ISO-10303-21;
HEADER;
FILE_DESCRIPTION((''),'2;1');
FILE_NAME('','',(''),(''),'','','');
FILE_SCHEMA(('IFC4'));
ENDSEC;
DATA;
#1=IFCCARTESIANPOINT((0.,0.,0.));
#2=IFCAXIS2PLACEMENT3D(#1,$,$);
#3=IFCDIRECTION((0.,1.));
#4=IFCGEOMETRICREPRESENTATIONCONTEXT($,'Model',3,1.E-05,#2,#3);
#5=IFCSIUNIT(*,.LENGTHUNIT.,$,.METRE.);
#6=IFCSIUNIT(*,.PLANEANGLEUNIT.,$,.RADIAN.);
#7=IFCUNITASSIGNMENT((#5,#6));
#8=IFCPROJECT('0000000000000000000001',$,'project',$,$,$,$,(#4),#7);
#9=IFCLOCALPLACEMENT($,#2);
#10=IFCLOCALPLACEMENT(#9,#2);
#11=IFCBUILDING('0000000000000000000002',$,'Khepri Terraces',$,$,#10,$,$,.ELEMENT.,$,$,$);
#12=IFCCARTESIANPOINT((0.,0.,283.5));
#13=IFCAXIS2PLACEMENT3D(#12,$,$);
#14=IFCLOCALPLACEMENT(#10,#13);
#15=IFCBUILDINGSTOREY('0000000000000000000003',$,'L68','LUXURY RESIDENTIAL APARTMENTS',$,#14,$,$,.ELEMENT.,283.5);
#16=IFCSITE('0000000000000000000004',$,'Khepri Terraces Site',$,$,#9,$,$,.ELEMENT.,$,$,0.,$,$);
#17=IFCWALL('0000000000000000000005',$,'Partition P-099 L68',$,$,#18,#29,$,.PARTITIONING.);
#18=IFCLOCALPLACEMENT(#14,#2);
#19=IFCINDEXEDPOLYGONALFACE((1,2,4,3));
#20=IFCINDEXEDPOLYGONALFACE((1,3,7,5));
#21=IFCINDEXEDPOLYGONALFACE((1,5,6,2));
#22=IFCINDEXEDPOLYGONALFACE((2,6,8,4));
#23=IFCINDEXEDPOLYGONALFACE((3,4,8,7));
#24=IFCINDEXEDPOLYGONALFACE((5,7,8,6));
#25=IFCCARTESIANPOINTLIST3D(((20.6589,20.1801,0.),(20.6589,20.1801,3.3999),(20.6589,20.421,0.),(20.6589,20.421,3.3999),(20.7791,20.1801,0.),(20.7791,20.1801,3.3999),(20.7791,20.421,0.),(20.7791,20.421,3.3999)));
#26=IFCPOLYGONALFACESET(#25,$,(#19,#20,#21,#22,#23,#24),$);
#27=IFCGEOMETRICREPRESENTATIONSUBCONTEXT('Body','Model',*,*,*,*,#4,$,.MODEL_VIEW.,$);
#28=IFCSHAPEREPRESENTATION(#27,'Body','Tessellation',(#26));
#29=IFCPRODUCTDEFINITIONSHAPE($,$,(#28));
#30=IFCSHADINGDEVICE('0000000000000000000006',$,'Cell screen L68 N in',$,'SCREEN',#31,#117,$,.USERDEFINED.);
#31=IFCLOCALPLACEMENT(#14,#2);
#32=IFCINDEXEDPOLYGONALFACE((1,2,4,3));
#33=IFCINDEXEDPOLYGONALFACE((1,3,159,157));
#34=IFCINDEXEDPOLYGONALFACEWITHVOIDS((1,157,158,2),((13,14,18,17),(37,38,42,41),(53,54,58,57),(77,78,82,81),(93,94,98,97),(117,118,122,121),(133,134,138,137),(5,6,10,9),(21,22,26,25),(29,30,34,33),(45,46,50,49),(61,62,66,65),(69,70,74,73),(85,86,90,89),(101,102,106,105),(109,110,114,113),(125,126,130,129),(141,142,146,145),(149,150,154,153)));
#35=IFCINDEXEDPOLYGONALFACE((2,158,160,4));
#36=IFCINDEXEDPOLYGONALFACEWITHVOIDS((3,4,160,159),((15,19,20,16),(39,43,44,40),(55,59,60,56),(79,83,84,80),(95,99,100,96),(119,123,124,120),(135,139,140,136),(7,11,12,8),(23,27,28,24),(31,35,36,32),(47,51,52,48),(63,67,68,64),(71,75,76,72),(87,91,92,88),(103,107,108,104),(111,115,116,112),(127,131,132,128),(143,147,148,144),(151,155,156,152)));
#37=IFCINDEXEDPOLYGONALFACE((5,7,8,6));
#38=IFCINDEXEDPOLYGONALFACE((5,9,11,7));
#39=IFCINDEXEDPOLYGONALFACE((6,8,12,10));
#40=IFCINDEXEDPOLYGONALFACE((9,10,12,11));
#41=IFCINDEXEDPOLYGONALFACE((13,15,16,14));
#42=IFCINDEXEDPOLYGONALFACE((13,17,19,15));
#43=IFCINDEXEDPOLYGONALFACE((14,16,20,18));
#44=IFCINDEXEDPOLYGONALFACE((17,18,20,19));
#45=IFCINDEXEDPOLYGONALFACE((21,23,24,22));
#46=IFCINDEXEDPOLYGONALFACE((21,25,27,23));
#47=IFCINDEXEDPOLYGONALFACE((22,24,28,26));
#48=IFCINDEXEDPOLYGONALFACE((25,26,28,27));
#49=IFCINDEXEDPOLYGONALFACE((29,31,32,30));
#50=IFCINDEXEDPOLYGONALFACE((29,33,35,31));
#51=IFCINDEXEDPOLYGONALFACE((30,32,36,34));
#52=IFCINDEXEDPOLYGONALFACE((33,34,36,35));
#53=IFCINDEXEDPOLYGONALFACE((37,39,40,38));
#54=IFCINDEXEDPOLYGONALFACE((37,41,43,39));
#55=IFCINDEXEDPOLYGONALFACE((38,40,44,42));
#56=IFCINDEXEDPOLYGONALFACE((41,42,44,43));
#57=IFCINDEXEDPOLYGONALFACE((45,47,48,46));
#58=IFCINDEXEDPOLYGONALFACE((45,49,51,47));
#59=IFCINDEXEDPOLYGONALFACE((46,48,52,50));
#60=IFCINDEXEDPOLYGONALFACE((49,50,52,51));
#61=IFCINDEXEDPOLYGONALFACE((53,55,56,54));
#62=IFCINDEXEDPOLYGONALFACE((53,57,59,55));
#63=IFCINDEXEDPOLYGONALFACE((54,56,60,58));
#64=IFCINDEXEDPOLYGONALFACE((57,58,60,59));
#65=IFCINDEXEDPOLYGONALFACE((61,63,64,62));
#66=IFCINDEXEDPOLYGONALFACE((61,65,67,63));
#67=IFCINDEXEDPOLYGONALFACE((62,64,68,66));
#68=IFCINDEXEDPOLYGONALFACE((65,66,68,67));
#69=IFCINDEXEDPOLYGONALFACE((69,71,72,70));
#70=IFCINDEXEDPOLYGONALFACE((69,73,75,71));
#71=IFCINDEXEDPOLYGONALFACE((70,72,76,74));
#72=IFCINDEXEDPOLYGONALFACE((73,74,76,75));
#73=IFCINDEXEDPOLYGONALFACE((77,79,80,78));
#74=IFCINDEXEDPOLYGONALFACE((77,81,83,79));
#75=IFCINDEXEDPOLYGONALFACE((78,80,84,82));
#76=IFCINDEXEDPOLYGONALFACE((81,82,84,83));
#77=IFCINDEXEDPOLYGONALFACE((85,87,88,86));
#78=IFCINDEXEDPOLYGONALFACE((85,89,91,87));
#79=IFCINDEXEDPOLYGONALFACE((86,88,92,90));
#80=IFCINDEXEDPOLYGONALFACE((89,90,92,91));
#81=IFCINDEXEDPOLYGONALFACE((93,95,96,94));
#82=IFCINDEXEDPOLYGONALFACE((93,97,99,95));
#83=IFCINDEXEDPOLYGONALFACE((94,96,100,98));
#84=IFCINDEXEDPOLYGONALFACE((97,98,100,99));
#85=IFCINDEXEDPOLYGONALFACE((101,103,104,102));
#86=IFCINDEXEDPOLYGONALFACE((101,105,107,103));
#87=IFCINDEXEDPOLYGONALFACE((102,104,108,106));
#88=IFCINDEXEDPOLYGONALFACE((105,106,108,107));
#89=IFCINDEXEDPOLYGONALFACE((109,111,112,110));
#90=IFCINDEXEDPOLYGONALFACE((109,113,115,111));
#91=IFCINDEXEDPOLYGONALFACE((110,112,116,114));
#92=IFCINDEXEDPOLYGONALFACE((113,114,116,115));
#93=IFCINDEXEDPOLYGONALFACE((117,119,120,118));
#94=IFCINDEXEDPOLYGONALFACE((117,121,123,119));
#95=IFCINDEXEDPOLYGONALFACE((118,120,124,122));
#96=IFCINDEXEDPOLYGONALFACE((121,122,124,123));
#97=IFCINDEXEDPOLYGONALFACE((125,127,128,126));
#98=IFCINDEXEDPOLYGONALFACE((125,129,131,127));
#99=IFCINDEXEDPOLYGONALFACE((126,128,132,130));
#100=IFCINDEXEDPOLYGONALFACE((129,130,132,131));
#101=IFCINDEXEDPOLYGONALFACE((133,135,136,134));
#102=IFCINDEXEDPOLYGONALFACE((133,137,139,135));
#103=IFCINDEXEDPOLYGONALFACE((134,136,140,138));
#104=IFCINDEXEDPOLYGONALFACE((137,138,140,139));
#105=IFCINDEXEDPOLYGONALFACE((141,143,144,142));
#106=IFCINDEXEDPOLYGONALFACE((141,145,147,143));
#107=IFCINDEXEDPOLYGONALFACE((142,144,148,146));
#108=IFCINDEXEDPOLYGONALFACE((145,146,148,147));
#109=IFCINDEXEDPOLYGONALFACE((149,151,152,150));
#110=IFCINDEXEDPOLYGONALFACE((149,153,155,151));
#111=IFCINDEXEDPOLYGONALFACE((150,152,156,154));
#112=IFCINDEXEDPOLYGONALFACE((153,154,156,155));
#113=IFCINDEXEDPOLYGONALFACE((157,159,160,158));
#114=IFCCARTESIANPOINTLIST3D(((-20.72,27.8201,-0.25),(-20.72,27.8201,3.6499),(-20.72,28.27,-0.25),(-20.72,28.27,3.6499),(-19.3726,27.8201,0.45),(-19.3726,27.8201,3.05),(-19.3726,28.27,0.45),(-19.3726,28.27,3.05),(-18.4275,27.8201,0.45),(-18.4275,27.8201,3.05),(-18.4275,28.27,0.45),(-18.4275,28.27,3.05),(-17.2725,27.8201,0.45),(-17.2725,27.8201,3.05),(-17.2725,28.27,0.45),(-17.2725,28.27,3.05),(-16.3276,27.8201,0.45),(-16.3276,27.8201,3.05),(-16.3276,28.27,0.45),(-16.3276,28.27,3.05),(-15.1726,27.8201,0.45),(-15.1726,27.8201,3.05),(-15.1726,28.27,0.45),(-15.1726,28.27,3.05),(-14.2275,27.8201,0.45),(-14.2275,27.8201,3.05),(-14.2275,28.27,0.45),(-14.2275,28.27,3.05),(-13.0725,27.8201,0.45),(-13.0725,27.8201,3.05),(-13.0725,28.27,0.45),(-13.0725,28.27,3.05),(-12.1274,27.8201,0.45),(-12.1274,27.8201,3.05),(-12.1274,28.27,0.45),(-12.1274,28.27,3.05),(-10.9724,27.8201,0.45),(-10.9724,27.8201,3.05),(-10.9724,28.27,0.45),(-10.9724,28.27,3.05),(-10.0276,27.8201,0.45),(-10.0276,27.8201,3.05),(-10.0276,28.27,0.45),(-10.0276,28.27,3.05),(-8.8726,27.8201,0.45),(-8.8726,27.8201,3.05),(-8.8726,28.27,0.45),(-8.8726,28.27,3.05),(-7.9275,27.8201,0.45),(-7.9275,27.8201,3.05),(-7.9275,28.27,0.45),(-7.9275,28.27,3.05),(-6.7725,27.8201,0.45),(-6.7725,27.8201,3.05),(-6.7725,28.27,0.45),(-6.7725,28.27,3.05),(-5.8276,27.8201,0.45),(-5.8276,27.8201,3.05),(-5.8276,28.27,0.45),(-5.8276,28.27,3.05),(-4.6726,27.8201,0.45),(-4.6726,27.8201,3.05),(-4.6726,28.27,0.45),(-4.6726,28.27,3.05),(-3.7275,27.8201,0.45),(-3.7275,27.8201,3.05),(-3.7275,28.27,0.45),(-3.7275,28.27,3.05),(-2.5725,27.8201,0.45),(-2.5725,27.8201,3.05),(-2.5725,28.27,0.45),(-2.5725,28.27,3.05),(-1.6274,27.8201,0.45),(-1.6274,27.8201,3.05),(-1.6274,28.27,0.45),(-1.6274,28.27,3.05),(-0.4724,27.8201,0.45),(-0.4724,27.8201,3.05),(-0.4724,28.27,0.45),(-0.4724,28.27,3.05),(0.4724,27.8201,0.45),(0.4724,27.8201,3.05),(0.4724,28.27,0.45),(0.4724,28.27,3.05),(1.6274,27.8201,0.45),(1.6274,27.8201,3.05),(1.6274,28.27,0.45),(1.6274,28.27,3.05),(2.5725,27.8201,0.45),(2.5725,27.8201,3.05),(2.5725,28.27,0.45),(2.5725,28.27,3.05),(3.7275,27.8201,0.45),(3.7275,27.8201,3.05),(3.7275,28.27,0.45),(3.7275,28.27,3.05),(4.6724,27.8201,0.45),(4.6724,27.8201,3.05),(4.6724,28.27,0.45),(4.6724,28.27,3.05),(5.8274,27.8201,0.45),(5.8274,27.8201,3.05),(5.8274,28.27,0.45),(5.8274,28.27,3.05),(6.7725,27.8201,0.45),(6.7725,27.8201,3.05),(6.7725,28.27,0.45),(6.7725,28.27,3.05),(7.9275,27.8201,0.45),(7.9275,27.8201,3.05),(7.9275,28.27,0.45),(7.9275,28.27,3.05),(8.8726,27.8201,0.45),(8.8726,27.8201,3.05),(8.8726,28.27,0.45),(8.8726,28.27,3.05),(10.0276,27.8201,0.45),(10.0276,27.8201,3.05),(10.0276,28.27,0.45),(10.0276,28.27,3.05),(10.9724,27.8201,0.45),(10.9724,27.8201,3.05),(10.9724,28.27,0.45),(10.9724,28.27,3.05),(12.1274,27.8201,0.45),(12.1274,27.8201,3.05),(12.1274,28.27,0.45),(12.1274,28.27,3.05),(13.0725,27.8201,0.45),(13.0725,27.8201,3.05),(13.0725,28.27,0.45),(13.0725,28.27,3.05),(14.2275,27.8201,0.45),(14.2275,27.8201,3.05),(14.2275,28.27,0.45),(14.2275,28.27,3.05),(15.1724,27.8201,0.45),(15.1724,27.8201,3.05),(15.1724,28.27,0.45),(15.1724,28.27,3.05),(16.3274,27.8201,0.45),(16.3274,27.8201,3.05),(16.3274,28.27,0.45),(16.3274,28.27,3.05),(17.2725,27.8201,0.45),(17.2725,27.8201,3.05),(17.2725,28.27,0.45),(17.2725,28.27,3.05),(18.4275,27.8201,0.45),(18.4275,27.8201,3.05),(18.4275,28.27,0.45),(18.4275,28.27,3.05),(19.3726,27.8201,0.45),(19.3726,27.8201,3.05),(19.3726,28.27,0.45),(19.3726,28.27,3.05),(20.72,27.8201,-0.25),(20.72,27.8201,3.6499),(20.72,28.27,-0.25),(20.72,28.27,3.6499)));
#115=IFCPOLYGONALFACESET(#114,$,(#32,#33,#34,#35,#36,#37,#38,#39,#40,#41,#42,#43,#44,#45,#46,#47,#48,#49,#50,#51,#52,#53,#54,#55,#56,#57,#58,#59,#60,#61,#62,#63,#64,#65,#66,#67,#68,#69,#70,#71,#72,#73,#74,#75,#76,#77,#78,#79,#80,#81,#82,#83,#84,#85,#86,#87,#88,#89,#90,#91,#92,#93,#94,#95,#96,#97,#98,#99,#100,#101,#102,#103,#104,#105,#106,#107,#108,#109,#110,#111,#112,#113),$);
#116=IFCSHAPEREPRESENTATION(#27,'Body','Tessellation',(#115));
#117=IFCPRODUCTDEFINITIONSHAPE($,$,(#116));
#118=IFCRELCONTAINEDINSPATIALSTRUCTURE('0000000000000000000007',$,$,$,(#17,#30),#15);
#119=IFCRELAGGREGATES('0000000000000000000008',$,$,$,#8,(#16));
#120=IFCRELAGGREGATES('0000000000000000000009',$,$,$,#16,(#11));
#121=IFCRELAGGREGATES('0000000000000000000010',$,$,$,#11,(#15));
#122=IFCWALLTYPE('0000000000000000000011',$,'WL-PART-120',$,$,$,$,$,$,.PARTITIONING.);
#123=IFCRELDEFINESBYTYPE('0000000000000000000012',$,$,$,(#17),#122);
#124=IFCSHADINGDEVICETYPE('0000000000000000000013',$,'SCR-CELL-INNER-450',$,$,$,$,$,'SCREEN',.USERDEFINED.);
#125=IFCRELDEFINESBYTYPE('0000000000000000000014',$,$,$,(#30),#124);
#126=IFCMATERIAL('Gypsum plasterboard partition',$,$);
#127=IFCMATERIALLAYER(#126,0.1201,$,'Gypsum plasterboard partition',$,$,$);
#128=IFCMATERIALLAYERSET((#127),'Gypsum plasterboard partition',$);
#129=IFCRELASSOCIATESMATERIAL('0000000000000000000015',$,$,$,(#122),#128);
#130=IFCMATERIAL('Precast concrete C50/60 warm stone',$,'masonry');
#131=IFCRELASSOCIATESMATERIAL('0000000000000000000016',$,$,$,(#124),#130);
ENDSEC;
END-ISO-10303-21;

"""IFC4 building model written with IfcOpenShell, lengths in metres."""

from ifc_helpers import new_model, si_unit, direction, frame, frame_2d, origin, place, context, subcontext, project, spatial, polyline, rectangle, outline, extrude, material, layer, layer_set, type_object, element, save


model = new_model("IFC4")

# Units and contexts
model_context = context("Model", 3, precision=1e-05, world=origin(), true_north=direction((0.0, 1.0)))
body_context = subcontext(model_context, "Body", "Model", "MODEL_VIEW")
ifc_project = project(units=[si_unit("LENGTHUNIT", "METRE"), si_unit("PLANEANGLEUNIT", "RADIAN")], contexts=[model_context])

# Site, building, storey
site_placement = place(None, origin())
site = spatial("IfcSite", under=ifc_project, at=site_placement, Name="Khepri Terraces Site", CompositionType="ELEMENT", RefElevation=0.0)
building_placement = place(site_placement, origin())
building = spatial("IfcBuilding", under=site, at=building_placement, Name="Khepri Terraces", CompositionType="ELEMENT")
storey_placement = place(building_placement, frame((0.0, 0.0, 283.5)))
storey = spatial("IfcBuildingStorey", under=building, at=storey_placement, Name="L68", Description="LUXURY RESIDENTIAL APARTMENTS", CompositionType="ELEMENT", Elevation=283.5)

# Shared definitions
ifc_material_1 = material(Name="Precast concrete C50/60 warm stone", Category="masonry")

# Shared definitions
ifc_material_2 = material(Name="Gypsum plasterboard partition")
ifc_layer_1 = layer(ifc_material_2, 0.1201, Name="Gypsum plasterboard partition")
ifc_layer_set_1 = layer_set([ifc_layer_1], Name="Gypsum plasterboard partition")
wall_type_1 = type_object("IfcWallType", Name="WL-PART-120", PredefinedType="PARTITIONING", material=ifc_layer_set_1)

# Wall
wall_1_placement = place(storey_placement, frame((20.719, 20.1799, 0.0), z_axis=(0.0, 0.0, 1.0), x_axis=(0.0, 1.0, 0.0)))
element("IfcWall", 1, at=wall_1_placement, inside=storey, type_object=wall_type_1, Name="Partition P-099 L68", PredefinedType="PARTITIONING", context=body_context, shape_type="SweptSolid", body=[
    extrude(rectangle(XDim=0.241, YDim=0.1201, at=frame_2d((0.1206, 0.0))), origin(), (0.0, 0.0, 1.0), 3.3999),
])

# Shading device
shading_device_type_1 = type_object("IfcShadingDeviceType", Name="SCR-CELL-INNER-450", ElementType="SCREEN", PredefinedType="USERDEFINED", material=ifc_material_1)
shading_device_1_placement = place(storey_placement, frame((20.72, 27.8201, -0.25), z_axis=(0.0, 1.0, 0.0), x_axis=(-1.0, 0.0, 0.0)))
element("IfcShadingDevice", 2, at=shading_device_1_placement, inside=storey, type_object=shading_device_type_1, Name="Cell screen L68 N in", ObjectType="SCREEN", PredefinedType="USERDEFINED", context=body_context, shape_type="SweptSolid", body=[
    extrude(outline(polyline([(0.0, 0.0), (41.4399, 0.0), (41.4399, 3.8999), (0.0, 3.8999), (0.0, 0.0)]), holes=[polyline([(1.3474, 0.7), (2.2925, 0.7), (2.2925, 3.3), (1.3474, 3.3), (1.3474, 0.7)]), polyline([(3.4475, 0.7), (4.3926, 0.7), (4.3926, 3.3), (3.4475, 3.3), (3.4475, 0.7)]), polyline([(5.5476, 0.7), (6.4924, 0.7), (6.4924, 3.3), (5.5476, 3.3), (5.5476, 0.7)]), polyline([(7.6475, 0.7), (8.5925, 0.7), (8.5925, 3.3), (7.6475, 3.3), (7.6475, 0.7)]), polyline([(9.7476, 0.7), (10.6924, 0.7), (10.6924, 3.3), (9.7476, 3.3), (9.7476, 0.7)]), polyline([(11.8474, 0.7), (12.7925, 0.7), (12.7925, 3.3), (11.8474, 3.3), (11.8474, 0.7)]), polyline([(13.9475, 0.7), (14.8926, 0.7), (14.8926, 3.3), (13.9475, 3.3), (13.9475, 0.7)]), polyline([(16.0476, 0.7), (16.9924, 0.7), (16.9924, 3.3), (16.0476, 3.3), (16.0476, 0.7)]), polyline([(18.1475, 0.7), (19.0925, 0.7), (19.0925, 3.3), (18.1475, 3.3), (18.1475, 0.7)]), polyline([(20.2476, 0.7), (21.1924, 0.7), (21.1924, 3.3), (20.2476, 3.3), (20.2476, 0.7)]), polyline([(22.3474, 0.7), (23.2925, 0.7), (23.2925, 3.3), (22.3474, 3.3), (22.3474, 0.7)]), polyline([(24.4475, 0.7), (25.3926, 0.7), (25.3926, 3.3), (24.4475, 3.3), (24.4475, 0.7)]), polyline([(26.5476, 0.7), (27.4924, 0.7), (27.4924, 3.3), (26.5476, 3.3), (26.5476, 0.7)]), polyline([(28.6475, 0.7), (29.5925, 0.7), (29.5925, 3.3), (28.6475, 3.3), (28.6475, 0.7)]), polyline([(30.7476, 0.7), (31.6924, 0.7), (31.6924, 3.3), (30.7476, 3.3), (30.7476, 0.7)]), polyline([(32.8474, 0.7), (33.7925, 0.7), (33.7925, 3.3), (32.8474, 3.3), (32.8474, 0.7)]), polyline([(34.9475, 0.7), (35.8926, 0.7), (35.8926, 3.3), (34.9475, 3.3), (34.9475, 0.7)]), polyline([(37.0476, 0.7), (37.9924, 0.7), (37.9924, 3.3), (37.0476, 3.3), (37.0476, 0.7)]), polyline([(39.1475, 0.7), (40.0925, 0.7), (40.0925, 3.3), (39.1475, 3.3), (39.1475, 0.7)])]), origin(), (0.0, 0.0, 1.0), 0.45),
])

save(model, "model.ifc")
